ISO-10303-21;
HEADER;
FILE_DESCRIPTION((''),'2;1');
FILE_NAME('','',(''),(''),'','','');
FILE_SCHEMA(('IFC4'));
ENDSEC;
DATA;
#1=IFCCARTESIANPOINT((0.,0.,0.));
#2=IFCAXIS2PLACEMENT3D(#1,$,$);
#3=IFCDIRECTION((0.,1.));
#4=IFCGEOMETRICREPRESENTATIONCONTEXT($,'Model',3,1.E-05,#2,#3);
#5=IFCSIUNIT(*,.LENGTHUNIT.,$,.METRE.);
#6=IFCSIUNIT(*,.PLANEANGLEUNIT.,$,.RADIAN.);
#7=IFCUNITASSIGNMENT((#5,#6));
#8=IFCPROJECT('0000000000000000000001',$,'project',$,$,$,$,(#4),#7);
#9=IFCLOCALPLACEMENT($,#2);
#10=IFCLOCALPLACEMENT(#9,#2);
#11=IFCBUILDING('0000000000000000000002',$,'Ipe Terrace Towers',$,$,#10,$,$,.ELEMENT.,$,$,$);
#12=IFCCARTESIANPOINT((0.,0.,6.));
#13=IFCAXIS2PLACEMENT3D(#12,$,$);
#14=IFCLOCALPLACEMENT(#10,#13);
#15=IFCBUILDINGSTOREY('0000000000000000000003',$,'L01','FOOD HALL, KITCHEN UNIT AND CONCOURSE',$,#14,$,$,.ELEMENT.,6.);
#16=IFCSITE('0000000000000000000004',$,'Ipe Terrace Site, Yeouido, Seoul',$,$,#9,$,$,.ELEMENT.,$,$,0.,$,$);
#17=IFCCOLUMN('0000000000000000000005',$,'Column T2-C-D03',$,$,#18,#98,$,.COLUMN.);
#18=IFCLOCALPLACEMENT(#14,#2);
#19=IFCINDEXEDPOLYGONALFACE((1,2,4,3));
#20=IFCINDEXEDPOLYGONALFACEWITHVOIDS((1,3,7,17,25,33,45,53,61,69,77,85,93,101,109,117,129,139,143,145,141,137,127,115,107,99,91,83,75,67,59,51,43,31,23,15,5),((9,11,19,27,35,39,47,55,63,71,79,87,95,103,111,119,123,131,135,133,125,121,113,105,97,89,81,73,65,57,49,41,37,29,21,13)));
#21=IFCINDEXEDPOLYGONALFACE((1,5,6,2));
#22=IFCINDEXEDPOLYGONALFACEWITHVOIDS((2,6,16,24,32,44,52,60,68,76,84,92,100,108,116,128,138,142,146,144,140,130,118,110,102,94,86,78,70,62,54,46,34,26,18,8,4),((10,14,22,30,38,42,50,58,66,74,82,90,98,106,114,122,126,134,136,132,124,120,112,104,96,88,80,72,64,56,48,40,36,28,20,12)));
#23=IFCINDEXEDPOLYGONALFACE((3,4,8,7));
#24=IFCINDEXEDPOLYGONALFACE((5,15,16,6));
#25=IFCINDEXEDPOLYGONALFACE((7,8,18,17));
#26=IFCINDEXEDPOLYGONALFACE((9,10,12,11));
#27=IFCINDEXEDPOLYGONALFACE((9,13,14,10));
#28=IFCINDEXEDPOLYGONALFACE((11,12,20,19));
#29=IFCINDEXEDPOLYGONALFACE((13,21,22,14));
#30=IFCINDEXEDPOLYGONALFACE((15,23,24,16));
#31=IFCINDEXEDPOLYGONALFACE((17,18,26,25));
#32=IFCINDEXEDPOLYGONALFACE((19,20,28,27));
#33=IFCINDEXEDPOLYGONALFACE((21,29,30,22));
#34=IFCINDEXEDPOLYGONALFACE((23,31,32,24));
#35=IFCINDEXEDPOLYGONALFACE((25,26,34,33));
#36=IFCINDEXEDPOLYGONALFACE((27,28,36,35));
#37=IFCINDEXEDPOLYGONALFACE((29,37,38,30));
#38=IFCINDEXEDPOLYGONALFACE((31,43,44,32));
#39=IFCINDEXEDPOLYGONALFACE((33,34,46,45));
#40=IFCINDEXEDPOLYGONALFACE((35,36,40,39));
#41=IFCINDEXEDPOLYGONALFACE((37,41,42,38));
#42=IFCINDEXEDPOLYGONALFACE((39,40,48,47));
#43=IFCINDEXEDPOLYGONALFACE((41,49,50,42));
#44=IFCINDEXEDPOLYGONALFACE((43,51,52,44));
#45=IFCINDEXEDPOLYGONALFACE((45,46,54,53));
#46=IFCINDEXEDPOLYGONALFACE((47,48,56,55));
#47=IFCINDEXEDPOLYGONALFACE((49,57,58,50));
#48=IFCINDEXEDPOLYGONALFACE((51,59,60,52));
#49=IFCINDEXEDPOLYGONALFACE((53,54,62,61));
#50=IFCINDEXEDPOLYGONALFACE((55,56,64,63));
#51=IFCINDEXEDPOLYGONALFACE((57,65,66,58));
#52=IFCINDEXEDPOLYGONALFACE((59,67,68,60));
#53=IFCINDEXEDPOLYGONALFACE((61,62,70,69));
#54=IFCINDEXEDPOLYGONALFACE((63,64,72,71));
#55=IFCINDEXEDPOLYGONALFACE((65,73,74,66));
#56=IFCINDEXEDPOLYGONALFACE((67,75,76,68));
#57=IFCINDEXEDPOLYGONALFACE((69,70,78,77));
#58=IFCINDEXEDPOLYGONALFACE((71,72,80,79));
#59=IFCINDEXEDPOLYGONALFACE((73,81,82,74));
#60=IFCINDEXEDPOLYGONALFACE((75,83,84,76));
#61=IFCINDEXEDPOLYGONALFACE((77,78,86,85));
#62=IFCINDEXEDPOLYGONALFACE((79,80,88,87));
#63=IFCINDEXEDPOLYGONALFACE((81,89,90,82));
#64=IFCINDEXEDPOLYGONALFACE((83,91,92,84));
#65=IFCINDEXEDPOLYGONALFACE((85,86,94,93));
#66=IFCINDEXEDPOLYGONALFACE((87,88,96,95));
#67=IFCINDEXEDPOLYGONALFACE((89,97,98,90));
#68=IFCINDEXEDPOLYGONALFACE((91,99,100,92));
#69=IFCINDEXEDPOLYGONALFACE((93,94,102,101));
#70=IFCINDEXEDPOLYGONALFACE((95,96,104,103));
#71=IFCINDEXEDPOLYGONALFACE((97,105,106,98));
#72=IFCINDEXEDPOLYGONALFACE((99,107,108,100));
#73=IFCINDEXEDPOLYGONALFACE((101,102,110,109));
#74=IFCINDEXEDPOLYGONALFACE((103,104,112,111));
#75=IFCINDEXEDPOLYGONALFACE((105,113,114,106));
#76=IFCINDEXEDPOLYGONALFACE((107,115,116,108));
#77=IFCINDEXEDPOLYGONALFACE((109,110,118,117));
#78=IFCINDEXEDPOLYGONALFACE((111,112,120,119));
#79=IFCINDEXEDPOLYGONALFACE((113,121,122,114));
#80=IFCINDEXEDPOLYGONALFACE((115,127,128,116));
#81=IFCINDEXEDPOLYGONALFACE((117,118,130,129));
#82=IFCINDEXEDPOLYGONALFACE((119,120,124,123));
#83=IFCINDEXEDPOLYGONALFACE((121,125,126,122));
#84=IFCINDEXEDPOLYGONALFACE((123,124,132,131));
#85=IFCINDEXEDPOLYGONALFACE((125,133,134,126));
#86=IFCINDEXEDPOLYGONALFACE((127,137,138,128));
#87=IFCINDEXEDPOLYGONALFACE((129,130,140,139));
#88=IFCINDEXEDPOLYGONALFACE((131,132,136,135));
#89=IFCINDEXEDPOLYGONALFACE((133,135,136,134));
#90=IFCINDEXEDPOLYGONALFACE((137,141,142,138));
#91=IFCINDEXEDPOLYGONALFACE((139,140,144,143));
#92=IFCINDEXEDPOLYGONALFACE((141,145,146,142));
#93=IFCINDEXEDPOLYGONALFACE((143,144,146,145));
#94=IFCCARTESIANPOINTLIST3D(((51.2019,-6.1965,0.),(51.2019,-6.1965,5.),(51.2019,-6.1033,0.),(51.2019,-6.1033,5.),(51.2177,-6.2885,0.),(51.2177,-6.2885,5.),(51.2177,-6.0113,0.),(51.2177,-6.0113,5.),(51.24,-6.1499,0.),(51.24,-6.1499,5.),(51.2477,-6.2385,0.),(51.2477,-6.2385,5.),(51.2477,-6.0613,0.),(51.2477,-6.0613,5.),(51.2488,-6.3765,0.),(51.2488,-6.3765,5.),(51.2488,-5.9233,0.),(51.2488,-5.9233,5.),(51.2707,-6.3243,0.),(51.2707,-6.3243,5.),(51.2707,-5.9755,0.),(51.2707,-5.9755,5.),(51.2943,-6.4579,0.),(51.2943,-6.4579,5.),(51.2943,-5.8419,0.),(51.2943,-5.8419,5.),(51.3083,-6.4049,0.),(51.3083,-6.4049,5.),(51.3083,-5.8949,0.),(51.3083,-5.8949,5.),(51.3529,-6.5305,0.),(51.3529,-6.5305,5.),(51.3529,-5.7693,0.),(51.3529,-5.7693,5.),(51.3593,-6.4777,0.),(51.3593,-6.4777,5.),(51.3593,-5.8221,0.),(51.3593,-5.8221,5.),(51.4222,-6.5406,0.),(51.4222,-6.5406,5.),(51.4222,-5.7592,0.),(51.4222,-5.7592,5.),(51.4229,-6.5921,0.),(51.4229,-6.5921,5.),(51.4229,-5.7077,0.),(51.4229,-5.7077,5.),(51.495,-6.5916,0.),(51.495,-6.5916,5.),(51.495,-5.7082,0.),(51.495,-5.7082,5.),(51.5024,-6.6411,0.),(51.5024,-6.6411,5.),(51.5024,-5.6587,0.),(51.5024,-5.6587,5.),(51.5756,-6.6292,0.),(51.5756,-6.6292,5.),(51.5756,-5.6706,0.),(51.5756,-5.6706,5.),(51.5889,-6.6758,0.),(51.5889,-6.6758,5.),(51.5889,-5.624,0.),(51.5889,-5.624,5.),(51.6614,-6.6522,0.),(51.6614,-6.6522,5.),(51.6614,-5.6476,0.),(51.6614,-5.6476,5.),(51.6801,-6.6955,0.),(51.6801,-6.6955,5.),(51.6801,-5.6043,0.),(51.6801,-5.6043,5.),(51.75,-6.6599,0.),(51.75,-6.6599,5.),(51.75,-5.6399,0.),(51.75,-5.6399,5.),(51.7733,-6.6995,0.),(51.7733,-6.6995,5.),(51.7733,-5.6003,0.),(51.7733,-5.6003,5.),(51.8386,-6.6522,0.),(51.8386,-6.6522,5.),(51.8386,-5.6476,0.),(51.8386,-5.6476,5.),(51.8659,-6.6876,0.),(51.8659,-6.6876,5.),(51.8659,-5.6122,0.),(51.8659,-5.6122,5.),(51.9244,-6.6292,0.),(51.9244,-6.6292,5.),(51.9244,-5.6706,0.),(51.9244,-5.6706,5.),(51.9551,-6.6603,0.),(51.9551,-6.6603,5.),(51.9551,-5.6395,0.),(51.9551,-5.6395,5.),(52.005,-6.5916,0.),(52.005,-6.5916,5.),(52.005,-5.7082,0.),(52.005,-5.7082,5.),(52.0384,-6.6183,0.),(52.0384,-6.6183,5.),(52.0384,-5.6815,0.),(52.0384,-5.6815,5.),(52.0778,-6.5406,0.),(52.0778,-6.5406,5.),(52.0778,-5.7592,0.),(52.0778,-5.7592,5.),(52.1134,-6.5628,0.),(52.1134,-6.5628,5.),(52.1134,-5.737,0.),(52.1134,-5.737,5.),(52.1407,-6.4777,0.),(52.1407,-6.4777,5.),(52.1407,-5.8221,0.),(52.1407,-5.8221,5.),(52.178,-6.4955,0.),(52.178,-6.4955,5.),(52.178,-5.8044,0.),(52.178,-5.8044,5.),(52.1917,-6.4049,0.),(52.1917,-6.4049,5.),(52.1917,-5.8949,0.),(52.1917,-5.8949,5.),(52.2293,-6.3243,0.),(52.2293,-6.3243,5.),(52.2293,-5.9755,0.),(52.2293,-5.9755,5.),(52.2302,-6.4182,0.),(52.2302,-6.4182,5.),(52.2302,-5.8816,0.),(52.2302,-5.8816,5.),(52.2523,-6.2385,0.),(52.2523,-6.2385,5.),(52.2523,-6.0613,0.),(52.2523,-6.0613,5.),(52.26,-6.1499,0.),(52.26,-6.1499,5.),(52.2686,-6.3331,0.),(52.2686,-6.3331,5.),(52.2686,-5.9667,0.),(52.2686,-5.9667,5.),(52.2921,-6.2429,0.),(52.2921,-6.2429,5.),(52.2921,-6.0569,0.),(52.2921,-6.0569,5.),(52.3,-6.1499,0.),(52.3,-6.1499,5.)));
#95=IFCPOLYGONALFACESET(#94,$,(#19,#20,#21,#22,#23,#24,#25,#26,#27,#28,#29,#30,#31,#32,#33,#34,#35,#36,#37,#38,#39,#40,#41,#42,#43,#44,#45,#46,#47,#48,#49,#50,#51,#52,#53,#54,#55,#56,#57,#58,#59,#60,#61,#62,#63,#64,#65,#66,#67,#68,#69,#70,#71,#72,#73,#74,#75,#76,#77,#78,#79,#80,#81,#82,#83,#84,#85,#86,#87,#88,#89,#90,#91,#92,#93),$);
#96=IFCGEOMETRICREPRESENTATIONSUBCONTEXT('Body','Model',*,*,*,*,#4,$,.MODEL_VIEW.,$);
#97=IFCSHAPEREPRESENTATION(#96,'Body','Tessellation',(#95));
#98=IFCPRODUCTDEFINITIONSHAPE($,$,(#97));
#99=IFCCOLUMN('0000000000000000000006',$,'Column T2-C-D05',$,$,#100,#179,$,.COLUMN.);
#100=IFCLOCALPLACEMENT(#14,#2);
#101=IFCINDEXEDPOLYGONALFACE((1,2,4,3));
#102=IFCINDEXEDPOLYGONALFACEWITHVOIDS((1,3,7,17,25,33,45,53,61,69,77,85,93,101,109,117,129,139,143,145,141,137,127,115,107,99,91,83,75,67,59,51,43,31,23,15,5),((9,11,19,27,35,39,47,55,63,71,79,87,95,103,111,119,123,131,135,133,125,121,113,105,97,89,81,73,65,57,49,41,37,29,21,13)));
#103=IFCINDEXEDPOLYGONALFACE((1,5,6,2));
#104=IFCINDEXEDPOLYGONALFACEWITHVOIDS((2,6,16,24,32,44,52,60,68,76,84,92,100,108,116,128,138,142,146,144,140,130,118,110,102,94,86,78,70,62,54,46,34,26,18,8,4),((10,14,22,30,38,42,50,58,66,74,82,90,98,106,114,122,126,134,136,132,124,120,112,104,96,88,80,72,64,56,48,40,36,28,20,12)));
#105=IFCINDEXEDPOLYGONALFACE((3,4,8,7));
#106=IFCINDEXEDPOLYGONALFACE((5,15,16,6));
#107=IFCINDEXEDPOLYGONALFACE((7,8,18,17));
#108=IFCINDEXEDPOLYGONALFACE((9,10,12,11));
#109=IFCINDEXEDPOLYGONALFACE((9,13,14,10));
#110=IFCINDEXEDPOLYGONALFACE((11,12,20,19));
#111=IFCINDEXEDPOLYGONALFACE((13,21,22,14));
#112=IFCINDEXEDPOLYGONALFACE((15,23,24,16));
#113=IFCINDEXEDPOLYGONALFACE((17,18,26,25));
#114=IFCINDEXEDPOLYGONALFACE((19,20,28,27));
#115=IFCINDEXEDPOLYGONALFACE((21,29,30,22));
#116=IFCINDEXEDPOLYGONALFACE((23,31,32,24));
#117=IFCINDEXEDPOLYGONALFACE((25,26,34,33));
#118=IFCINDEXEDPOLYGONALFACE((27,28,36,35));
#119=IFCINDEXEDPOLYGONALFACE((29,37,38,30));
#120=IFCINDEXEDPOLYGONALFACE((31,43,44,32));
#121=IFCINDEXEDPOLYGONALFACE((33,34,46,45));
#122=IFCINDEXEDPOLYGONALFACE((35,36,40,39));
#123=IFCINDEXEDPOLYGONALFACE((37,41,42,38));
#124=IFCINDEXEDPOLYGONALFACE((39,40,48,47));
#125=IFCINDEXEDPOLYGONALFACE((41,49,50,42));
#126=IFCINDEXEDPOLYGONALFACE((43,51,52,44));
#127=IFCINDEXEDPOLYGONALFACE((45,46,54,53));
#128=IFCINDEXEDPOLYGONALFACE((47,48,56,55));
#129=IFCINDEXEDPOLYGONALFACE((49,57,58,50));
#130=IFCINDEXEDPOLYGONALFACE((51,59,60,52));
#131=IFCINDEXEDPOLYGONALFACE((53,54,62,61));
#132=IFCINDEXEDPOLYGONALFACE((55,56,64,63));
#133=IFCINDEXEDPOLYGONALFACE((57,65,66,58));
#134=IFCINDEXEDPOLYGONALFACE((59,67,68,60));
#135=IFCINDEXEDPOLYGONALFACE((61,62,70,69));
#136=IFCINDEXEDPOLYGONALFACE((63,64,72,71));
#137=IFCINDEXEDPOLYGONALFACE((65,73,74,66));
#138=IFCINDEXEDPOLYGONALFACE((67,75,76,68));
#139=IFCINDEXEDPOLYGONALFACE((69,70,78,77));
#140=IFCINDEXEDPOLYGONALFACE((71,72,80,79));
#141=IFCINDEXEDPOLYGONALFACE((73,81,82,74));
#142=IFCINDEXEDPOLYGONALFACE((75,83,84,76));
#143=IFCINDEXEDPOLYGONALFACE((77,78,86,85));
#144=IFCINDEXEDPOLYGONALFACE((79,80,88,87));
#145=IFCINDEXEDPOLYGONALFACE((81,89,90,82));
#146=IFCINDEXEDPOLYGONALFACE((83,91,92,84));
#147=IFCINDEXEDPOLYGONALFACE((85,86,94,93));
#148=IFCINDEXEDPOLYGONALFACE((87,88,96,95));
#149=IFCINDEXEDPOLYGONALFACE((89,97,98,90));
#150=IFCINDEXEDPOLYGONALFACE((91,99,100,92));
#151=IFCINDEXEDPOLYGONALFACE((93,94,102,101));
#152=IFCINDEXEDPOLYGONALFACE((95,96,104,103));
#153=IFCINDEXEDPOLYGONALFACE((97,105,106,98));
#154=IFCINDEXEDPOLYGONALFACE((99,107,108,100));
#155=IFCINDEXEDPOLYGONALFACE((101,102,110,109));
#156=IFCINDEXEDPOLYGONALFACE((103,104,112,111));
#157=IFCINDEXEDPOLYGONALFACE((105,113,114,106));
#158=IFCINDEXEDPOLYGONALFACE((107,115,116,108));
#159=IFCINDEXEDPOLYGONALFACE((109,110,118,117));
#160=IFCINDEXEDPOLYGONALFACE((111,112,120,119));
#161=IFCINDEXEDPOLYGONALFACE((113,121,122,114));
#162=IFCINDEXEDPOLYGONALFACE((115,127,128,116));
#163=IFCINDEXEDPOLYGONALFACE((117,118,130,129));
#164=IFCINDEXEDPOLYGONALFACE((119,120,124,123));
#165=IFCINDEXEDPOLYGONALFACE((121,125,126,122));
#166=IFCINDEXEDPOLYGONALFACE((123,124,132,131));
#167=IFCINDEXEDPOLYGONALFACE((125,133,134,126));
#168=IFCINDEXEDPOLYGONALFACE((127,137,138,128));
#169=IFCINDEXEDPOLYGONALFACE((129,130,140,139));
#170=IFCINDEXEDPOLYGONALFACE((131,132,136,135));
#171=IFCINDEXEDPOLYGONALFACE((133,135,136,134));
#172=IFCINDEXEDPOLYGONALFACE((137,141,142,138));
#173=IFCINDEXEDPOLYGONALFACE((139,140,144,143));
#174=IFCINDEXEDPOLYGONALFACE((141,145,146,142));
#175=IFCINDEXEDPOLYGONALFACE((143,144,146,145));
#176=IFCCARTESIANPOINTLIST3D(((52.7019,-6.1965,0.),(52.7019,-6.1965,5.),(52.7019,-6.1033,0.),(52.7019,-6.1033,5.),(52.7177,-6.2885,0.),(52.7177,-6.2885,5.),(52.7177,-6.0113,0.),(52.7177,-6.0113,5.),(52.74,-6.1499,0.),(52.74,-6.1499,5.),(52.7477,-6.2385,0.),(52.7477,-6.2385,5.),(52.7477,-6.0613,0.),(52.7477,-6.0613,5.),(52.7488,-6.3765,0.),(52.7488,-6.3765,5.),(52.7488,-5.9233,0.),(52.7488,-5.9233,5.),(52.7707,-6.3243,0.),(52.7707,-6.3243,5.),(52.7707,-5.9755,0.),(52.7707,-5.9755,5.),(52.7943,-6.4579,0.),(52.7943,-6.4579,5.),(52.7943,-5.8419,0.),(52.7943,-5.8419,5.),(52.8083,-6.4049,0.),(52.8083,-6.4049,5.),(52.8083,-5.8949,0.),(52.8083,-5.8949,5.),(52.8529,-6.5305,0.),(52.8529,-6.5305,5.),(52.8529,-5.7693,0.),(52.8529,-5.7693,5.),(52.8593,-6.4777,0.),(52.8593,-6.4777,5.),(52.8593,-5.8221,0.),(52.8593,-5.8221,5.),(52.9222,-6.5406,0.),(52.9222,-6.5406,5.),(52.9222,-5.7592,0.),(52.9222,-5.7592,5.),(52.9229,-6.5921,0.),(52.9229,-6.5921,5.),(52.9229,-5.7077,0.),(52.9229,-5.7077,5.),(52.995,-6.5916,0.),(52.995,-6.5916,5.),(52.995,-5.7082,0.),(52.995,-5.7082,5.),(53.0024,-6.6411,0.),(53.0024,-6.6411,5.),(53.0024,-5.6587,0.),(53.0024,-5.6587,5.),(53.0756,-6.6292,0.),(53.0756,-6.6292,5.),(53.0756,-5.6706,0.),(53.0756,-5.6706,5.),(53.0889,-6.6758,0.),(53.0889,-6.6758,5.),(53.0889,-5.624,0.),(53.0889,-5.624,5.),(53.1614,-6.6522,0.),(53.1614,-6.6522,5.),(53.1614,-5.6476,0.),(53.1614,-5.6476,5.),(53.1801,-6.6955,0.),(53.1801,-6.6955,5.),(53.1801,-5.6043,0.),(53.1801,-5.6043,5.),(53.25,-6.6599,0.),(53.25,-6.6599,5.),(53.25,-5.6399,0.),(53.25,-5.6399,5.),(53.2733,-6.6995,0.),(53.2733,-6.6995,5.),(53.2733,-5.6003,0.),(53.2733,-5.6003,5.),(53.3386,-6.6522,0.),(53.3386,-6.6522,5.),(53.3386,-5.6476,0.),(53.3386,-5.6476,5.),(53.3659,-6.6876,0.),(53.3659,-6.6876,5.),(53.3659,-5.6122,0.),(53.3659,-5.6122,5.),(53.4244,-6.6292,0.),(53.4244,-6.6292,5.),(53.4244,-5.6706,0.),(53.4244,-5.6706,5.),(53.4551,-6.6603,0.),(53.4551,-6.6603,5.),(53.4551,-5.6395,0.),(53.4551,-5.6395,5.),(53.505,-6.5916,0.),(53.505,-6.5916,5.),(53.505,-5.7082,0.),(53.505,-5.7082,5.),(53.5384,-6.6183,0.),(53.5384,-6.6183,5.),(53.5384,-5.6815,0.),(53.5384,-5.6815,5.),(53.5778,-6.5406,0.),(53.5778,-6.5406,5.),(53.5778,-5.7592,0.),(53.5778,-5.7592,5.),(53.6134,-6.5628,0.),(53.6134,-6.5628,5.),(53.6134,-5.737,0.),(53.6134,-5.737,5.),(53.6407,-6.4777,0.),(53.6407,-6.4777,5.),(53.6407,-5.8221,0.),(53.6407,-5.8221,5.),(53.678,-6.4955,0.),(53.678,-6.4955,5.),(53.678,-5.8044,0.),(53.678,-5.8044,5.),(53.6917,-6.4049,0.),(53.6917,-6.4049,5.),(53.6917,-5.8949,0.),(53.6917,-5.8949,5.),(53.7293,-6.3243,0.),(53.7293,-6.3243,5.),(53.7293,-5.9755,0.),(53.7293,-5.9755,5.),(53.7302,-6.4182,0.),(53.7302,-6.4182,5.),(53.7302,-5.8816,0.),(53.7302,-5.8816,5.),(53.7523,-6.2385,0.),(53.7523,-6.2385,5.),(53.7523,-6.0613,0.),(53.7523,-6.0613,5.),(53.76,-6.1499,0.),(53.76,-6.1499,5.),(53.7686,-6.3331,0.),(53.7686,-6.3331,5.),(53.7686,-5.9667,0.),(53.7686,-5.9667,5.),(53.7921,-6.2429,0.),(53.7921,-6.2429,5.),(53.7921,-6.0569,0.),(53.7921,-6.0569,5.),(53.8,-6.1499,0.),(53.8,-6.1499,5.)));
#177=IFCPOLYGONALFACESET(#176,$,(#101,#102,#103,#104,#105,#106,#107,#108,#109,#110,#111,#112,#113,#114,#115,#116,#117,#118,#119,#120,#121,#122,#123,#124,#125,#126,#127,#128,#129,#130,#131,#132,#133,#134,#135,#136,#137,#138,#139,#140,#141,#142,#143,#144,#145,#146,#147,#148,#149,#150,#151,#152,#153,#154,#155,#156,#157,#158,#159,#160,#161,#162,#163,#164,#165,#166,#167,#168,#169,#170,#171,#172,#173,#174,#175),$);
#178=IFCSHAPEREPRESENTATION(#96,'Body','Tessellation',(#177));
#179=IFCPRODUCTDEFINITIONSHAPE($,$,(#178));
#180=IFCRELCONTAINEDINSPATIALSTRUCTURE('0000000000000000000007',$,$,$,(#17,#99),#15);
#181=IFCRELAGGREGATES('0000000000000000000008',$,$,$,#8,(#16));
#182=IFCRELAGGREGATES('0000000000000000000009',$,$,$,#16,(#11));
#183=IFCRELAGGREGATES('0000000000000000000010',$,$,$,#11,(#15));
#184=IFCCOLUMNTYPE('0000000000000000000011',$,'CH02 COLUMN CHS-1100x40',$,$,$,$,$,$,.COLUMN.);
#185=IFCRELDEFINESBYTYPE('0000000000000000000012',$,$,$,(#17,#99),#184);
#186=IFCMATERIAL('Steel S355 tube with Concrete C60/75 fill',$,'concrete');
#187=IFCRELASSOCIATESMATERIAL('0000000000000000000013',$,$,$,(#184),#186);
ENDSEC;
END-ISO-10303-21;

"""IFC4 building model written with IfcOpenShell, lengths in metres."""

from ifc_helpers import new_model, si_unit, direction, frame, origin, origin_2d, place, context, subcontext, project, spatial, hollow_circle, extrude, material, material_profile, profile_set, type_object, element, save


model = new_model("IFC4")

# Units and contexts
model_context = context("Model", 3, precision=1e-05, world=origin(), true_north=direction((0.0, 1.0)))
body_context = subcontext(model_context, "Body", "Model", "MODEL_VIEW")
ifc_project = project(units=[si_unit("LENGTHUNIT", "METRE"), si_unit("PLANEANGLEUNIT", "RADIAN")], contexts=[model_context])

# Site, building, storey
site_placement = place(None, origin())
site = spatial("IfcSite", under=ifc_project, at=site_placement, Name="Ipe Terrace Site, Yeouido, Seoul", CompositionType="ELEMENT", RefElevation=0.0)
building_placement = place(site_placement, origin())
building = spatial("IfcBuilding", under=site, at=building_placement, Name="Ipe Terrace Towers", CompositionType="ELEMENT")
storey_placement = place(building_placement, frame((0.0, 0.0, 6.0)))
storey = spatial("IfcBuildingStorey", under=building, at=storey_placement, Name="L01", Description="FOOD HALL, KITCHEN UNIT AND CONCOURSE", CompositionType="ELEMENT", Elevation=6.0)

# Columns
ifc_material_1 = material(Name="Steel S355 tube with Concrete C60/75 fill", Category="concrete")
ifc_material_profile_1 = material_profile(ifc_material_1, hollow_circle(Radius=0.55, WallThickness=0.04, at=origin_2d()), Name="CHS-1100x40")
ifc_profile_set_1 = profile_set([ifc_material_profile_1], Name="Steel S355 tube with Concrete C60/75 fill")
column_type_1 = type_object("IfcColumnType", Name="CH02 COLUMN CHS-1100x40", PredefinedType="COLUMN", material=ifc_profile_set_1)
for number, where, z_axis, x_axis, name in (
    (1, (51.75, -6.1499, 0.0), (0.0, 0.0, 1.0), (1.0, 0.0, 0.0), "Column T2-C-D03"),
    (2, (53.25, -6.1499, 0.0), (0.0, 0.0, 1.0), (1.0, 0.0, 0.0), "Column T2-C-D05"),
):
    element("IfcColumn", number, at=place(storey_placement, frame(where, z_axis=z_axis, x_axis=x_axis)), inside=storey, type_object=column_type_1, Name=name, PredefinedType="COLUMN", context=body_context, shape_type="SweptSolid", body=[
        extrude(hollow_circle(Radius=0.55, WallThickness=0.04, at=origin_2d()), origin(), (0.0, 0.0, 1.0), 5.0),
    ])

save(model, "model.ifc")
